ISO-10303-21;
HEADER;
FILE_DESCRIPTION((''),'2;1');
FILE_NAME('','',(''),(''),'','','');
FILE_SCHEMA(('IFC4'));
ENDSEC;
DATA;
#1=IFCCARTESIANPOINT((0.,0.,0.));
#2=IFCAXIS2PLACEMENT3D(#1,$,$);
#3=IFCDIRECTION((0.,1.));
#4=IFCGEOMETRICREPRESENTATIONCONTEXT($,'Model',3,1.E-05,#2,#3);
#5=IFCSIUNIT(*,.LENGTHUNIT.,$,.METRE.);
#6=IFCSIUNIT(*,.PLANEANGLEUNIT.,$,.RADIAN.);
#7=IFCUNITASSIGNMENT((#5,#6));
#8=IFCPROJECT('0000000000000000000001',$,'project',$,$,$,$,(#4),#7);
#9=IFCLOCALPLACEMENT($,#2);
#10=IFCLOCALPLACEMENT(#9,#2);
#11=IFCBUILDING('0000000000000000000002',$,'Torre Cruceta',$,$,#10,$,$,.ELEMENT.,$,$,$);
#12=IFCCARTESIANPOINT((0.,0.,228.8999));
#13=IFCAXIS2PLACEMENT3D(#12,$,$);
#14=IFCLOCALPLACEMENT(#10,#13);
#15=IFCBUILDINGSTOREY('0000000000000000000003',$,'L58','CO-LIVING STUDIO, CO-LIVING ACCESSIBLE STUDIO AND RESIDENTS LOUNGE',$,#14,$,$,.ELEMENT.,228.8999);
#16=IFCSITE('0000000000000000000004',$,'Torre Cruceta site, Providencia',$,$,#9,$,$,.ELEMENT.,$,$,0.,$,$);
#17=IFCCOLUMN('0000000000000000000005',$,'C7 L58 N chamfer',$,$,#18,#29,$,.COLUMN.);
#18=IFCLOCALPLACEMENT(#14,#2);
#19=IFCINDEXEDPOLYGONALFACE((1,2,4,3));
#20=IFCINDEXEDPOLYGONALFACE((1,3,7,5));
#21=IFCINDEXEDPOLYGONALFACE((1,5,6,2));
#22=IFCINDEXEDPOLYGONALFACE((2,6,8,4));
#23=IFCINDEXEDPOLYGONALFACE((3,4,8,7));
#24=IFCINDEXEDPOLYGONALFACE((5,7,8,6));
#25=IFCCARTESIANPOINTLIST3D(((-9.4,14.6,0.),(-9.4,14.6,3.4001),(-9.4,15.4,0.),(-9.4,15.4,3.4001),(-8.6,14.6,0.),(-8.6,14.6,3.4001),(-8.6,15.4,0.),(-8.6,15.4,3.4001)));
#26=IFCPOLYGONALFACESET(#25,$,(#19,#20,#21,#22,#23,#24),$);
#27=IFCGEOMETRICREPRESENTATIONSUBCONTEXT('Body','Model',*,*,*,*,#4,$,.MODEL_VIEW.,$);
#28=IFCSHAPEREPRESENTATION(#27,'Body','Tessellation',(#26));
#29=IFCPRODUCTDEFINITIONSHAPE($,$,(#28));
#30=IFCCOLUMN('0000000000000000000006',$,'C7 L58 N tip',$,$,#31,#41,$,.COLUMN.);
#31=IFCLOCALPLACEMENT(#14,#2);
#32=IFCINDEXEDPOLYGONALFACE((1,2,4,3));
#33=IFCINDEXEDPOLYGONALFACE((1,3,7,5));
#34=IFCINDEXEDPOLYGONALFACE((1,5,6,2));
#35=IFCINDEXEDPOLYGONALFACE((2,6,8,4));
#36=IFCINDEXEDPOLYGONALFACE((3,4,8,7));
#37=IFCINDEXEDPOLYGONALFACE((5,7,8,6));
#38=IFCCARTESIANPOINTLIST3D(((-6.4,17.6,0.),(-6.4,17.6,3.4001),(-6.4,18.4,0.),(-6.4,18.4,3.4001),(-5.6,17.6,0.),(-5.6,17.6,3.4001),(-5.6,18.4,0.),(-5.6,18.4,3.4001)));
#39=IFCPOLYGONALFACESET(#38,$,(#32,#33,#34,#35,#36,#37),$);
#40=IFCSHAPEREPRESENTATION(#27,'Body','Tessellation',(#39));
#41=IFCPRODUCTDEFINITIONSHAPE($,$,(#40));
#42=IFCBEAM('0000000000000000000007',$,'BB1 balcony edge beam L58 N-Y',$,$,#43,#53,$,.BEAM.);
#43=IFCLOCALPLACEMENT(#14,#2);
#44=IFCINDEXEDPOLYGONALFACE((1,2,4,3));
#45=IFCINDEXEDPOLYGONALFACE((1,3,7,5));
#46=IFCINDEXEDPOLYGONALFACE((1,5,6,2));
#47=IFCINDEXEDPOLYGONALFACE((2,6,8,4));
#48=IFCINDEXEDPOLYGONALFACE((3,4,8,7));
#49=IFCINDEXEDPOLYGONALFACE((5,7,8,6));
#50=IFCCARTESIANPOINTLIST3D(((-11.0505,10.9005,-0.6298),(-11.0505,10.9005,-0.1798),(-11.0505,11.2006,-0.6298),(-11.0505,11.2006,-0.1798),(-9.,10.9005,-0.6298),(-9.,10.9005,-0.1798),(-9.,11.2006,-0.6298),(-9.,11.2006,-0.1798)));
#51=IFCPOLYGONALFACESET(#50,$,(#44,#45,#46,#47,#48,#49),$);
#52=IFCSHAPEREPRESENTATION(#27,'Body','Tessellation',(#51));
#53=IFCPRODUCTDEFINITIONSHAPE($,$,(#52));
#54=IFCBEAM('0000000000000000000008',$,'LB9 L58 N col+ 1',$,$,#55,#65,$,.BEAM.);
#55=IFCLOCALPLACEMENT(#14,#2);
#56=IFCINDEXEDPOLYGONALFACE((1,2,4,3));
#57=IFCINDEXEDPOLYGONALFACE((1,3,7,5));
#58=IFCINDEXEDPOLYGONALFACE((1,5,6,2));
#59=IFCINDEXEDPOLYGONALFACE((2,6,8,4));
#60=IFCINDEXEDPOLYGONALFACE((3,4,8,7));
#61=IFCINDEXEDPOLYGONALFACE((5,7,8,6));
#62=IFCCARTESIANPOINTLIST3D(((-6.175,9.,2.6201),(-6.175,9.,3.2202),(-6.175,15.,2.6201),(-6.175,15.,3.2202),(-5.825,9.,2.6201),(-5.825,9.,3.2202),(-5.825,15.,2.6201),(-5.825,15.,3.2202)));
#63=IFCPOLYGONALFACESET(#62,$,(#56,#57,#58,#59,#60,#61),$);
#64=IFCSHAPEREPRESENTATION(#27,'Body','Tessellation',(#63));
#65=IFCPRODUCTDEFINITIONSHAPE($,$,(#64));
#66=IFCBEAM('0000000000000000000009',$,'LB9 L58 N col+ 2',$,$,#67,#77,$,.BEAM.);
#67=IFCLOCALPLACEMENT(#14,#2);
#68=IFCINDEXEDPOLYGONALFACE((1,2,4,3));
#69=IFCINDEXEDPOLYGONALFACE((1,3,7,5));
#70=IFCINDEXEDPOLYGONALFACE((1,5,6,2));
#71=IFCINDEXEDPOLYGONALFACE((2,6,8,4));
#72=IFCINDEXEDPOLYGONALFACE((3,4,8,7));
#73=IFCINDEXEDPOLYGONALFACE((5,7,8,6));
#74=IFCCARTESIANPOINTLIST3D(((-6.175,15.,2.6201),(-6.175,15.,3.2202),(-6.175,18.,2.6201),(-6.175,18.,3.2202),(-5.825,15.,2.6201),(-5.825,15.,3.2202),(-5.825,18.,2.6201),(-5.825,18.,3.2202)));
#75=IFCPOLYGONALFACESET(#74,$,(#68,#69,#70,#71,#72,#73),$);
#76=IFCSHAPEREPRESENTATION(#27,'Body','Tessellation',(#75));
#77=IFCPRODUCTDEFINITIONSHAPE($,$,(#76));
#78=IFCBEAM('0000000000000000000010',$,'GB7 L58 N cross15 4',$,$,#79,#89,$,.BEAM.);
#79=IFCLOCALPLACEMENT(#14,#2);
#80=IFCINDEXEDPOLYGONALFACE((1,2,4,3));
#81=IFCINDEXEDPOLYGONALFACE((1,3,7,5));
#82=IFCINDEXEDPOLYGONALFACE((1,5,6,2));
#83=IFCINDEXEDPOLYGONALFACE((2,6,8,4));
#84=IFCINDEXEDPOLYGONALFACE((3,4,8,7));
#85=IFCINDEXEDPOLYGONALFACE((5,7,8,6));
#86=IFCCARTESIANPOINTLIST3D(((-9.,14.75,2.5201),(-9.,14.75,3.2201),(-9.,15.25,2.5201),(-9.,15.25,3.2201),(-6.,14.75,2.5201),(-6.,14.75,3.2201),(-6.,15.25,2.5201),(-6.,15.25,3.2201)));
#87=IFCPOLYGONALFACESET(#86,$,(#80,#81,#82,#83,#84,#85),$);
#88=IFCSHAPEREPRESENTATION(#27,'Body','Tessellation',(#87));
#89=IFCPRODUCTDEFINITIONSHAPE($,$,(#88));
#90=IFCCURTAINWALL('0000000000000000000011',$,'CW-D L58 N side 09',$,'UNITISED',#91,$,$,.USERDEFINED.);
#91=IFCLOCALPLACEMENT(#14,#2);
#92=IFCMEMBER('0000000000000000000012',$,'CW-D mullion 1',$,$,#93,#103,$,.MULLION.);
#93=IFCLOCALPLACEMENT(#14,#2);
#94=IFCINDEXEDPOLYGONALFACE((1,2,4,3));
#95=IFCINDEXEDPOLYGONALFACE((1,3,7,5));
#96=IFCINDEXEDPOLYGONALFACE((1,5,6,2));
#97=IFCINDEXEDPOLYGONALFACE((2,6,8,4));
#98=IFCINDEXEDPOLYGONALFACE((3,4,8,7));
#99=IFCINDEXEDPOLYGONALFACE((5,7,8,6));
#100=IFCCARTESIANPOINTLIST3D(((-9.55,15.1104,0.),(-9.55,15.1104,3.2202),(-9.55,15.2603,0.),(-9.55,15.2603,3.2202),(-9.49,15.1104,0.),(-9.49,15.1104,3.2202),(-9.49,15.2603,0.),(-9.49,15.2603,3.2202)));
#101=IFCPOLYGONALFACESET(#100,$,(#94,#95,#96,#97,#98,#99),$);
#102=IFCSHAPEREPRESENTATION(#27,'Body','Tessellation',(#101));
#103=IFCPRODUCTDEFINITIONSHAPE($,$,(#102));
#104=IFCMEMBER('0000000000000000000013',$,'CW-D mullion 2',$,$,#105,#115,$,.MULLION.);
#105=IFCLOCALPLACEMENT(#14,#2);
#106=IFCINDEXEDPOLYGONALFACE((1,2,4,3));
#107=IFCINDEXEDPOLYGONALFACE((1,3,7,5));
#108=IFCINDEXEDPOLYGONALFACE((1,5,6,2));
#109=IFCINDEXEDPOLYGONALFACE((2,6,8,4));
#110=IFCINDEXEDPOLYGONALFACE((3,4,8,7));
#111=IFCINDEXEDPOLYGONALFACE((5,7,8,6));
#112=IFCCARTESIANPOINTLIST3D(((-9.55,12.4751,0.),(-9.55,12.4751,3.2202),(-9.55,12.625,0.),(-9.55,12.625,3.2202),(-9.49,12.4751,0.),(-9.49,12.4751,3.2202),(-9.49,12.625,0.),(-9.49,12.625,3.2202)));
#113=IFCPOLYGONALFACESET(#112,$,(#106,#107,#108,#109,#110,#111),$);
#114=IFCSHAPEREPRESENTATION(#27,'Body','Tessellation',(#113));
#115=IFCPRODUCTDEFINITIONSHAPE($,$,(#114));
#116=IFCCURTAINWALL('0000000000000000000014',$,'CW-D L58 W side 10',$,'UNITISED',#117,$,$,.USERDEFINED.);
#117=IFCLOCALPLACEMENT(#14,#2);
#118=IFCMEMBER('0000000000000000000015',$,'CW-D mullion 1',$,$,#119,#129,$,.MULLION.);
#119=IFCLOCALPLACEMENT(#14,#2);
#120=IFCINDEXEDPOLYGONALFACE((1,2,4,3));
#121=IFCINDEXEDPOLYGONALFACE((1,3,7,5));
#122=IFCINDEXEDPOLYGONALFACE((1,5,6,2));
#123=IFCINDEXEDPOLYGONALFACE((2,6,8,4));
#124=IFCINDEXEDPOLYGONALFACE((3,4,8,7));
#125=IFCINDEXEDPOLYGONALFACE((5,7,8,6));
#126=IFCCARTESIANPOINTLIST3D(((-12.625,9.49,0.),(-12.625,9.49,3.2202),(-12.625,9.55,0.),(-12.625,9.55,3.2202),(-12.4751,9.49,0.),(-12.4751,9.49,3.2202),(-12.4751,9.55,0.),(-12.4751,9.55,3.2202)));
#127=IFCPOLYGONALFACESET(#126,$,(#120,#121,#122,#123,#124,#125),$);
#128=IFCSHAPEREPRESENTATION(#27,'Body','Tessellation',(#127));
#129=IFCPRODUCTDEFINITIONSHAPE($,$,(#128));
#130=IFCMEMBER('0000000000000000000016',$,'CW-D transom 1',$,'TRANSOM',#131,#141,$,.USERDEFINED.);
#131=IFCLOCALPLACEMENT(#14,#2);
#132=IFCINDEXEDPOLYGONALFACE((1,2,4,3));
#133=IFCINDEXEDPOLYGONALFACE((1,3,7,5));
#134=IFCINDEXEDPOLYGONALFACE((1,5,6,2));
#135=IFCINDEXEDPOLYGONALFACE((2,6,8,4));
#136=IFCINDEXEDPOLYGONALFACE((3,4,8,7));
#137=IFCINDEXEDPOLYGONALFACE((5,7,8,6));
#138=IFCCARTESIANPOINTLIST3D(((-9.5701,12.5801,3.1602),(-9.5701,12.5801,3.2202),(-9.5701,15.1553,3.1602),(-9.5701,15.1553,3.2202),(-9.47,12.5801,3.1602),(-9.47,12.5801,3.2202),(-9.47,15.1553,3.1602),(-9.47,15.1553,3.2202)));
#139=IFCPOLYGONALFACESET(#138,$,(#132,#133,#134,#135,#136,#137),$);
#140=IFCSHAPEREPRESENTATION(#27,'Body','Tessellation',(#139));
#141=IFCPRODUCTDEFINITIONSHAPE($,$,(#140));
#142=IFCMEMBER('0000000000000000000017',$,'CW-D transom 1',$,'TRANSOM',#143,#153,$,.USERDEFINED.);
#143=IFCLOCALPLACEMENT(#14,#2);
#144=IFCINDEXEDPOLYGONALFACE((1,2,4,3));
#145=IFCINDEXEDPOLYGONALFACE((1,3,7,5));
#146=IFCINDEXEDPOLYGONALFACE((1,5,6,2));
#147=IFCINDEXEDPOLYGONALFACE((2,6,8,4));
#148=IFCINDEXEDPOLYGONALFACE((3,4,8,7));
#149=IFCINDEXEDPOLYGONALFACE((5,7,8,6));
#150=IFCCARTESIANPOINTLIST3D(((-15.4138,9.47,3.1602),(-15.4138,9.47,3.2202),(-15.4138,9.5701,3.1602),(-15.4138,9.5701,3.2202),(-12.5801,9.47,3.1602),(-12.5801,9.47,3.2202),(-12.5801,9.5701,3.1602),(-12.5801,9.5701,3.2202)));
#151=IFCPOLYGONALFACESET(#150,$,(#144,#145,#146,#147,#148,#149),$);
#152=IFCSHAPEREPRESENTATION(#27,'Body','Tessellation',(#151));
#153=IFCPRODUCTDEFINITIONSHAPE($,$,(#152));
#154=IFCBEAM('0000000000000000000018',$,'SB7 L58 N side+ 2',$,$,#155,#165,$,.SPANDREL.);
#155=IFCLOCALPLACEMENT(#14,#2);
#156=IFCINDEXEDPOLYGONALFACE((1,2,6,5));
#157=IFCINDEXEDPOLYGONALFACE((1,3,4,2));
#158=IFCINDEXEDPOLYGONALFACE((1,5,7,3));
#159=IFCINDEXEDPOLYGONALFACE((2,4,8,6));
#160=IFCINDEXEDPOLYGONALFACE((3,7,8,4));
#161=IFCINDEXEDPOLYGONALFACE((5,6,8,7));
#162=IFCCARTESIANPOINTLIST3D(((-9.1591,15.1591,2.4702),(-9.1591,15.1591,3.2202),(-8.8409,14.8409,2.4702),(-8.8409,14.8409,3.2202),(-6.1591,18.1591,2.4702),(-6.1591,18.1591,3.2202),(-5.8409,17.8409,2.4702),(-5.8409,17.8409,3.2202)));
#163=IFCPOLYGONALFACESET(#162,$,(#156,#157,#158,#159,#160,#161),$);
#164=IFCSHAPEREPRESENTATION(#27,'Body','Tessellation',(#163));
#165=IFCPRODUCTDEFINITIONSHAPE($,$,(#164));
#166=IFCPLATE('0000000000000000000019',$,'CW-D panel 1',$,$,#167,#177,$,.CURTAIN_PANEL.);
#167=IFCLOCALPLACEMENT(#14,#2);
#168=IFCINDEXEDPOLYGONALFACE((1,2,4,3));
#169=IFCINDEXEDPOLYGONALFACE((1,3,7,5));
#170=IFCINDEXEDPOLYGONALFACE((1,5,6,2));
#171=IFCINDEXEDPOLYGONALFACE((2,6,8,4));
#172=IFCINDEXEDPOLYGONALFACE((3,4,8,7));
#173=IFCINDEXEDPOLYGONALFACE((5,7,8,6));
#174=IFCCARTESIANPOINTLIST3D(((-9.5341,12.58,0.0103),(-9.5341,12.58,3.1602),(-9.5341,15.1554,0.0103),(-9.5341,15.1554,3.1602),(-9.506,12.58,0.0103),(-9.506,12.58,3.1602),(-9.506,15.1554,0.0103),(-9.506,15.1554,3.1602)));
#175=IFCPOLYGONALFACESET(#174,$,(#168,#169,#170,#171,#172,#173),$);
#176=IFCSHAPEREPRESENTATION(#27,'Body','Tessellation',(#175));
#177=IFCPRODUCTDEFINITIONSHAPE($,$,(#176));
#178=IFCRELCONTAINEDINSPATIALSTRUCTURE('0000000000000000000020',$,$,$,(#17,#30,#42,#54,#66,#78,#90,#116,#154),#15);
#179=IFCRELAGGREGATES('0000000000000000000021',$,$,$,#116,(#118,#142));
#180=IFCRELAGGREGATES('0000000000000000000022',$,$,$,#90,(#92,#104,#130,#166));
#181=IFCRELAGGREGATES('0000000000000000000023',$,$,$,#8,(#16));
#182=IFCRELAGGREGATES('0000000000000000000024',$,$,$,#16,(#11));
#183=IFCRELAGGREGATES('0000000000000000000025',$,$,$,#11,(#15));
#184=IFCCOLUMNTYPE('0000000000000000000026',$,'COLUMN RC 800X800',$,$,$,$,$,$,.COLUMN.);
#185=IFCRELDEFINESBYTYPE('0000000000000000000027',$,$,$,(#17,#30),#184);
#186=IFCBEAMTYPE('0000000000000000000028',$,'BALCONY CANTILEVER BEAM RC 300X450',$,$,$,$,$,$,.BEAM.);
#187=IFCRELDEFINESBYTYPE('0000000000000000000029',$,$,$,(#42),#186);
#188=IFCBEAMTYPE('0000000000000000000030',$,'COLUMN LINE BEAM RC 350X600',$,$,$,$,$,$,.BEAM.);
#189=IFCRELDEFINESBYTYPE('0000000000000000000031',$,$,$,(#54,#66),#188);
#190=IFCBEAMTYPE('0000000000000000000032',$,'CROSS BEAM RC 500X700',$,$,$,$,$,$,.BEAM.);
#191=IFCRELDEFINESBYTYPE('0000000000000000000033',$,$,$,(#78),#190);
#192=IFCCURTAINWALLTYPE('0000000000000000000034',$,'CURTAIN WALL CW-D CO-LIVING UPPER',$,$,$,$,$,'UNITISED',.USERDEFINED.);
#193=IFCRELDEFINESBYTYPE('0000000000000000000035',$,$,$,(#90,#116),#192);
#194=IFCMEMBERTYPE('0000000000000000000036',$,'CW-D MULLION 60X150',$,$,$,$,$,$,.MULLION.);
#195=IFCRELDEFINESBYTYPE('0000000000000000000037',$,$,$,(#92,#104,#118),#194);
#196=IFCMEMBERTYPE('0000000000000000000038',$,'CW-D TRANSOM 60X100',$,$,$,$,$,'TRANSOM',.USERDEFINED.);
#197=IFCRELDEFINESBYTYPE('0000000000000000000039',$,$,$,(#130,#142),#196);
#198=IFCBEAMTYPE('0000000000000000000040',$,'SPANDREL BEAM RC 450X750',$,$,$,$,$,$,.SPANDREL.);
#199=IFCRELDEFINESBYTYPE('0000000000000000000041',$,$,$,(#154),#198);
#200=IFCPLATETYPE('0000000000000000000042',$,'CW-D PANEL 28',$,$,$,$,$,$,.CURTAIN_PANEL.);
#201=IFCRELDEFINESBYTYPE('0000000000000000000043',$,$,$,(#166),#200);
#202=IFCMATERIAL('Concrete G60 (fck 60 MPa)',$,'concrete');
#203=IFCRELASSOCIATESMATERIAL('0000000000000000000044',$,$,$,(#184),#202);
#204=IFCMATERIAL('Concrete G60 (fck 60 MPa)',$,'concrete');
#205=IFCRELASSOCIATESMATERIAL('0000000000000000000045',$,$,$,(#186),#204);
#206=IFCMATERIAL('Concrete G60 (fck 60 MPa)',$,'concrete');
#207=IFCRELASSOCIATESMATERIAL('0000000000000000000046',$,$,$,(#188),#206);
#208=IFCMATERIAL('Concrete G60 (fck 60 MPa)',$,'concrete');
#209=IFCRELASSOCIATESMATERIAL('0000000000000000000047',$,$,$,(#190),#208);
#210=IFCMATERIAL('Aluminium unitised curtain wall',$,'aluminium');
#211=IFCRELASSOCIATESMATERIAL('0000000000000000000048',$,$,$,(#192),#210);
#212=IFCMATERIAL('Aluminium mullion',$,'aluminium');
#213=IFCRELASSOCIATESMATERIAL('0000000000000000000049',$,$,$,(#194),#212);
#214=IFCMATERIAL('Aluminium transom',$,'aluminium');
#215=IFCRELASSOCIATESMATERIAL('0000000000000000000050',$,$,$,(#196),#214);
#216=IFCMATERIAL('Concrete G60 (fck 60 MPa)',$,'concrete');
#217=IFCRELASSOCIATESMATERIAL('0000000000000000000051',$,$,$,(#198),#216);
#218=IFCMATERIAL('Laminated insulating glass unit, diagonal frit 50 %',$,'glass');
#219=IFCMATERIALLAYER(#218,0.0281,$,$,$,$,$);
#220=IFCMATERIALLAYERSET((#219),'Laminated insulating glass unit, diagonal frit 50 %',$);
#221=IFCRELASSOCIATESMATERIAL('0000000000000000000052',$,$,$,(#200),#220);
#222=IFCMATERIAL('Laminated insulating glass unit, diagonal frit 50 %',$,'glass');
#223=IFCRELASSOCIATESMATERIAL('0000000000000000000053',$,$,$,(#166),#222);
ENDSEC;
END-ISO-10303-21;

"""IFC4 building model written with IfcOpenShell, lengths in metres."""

from ifc_helpers import new_model, si_unit, direction, frame, origin, origin_2d, place, context, subcontext, project, spatial, rectangle, extrude, material, layer, layer_set, material_profile, profile_set, type_object, element, aggregate, save


model = new_model("IFC4")

# Units and contexts
model_context = context("Model", 3, precision=1e-05, world=origin(), true_north=direction((0.0, 1.0)))
body_context = subcontext(model_context, "Body", "Model", "MODEL_VIEW")
ifc_project = project(units=[si_unit("LENGTHUNIT", "METRE"), si_unit("PLANEANGLEUNIT", "RADIAN")], contexts=[model_context])

# Site, building, storey
site_placement = place(None, origin())
site = spatial("IfcSite", under=ifc_project, at=site_placement, Name="Torre Cruceta site, Providencia", CompositionType="ELEMENT", RefElevation=0.0)
building_placement = place(site_placement, origin())
building = spatial("IfcBuilding", under=site, at=building_placement, Name="Torre Cruceta", CompositionType="ELEMENT")
storey_placement = place(building_placement, frame((0.0, 0.0, 228.8999)))
storey = spatial("IfcBuildingStorey", under=building, at=storey_placement, Name="L58", Description="CO-LIVING STUDIO, CO-LIVING ACCESSIBLE STUDIO AND RESIDENTS LOUNGE", CompositionType="ELEMENT", Elevation=228.8999)

# Columns
ifc_material_1 = material(Name="Concrete G60 (fck 60 MPa)", Category="concrete")
ifc_material_profile_1 = material_profile(ifc_material_1, rectangle(XDim=0.8, YDim=0.8, at=origin_2d()), Name="RC 800X800")
ifc_profile_set_1 = profile_set([ifc_material_profile_1], Name="Concrete G60 (fck 60 MPa)")
column_type = type_object("IfcColumnType", Name="COLUMN RC 800X800", PredefinedType="COLUMN", material=ifc_profile_set_1)
for number, where, z_axis, x_axis, name in (
    (1, (-9.0, 15.0, 0.0), (0.0, 0.0, 1.0), (1.0, 0.0, 0.0), "C7 L58 N chamfer"),
    (2, (-6.0, 18.0, 0.0), (0.0, 0.0, 1.0), (1.0, 0.0, 0.0), "C7 L58 N tip"),
):
    element("IfcColumn", number, at=place(storey_placement, frame(where, z_axis=z_axis, x_axis=x_axis)), inside=storey, type_object=column_type, Name=name, PredefinedType="COLUMN", context=body_context, shape_type="SweptSolid", body=[
        extrude(rectangle(XDim=0.8, YDim=0.8, at=origin_2d()), origin(), (0.0, 0.0, 1.0), 3.4001),
    ])

# Beams
ifc_material_2 = material(Name="Concrete G60 (fck 60 MPa)", Category="concrete")
ifc_material_profile_2 = material_profile(ifc_material_2, rectangle(XDim=0.3, YDim=0.45, at=origin_2d()), Name="RC 300X450")
ifc_profile_set_2 = profile_set([ifc_material_profile_2], Name="Concrete G60 (fck 60 MPa)")
beam_type_1 = type_object("IfcBeamType", Name="BALCONY CANTILEVER BEAM RC 300X450", PredefinedType="BEAM", material=ifc_profile_set_2)
beam_1_placement = place(storey_placement, frame((-9.0, 11.0505, -0.4048), z_axis=(-1.0, 0.0, 0.0), x_axis=(0.0, -1.0, 0.0)))
element("IfcBeam", 3, at=beam_1_placement, inside=storey, type_object=beam_type_1, Name="BB1 balcony edge beam L58 N-Y", PredefinedType="BEAM", context=body_context, shape_type="SweptSolid", body=[
    extrude(rectangle(XDim=0.3, YDim=0.45, at=origin_2d()), origin(), (0.0, 0.0, 1.0), 2.0505),
])
ifc_material_3 = material(Name="Concrete G60 (fck 60 MPa)", Category="concrete")
ifc_material_profile_3 = material_profile(ifc_material_3, rectangle(XDim=0.3501, YDim=0.6001, at=origin_2d()), Name="RC 350X600")
ifc_profile_set_3 = profile_set([ifc_material_profile_3], Name="Concrete G60 (fck 60 MPa)")
beam_type_2 = type_object("IfcBeamType", Name="COLUMN LINE BEAM RC 350X600", PredefinedType="BEAM", material=ifc_profile_set_3)
beam_2_placement = place(storey_placement, frame((-6.0, 9.0, 2.9202), z_axis=(0.0, 1.0, 0.0), x_axis=(-1.0, 0.0, 0.0)))
element("IfcBeam", 4, at=beam_2_placement, inside=storey, type_object=beam_type_2, Name="LB9 L58 N col+ 1", PredefinedType="BEAM", context=body_context, shape_type="SweptSolid", body=[
    extrude(rectangle(XDim=0.3501, YDim=0.6001, at=origin_2d()), origin(), (0.0, 0.0, 1.0), 6.0),
])
beam_3_placement = place(storey_placement, frame((-6.0, 15.0, 2.9202), z_axis=(0.0, 1.0, 0.0), x_axis=(-1.0, 0.0, 0.0)))
element("IfcBeam", 5, at=beam_3_placement, inside=storey, type_object=beam_type_2, Name="LB9 L58 N col+ 2", PredefinedType="BEAM", context=body_context, shape_type="SweptSolid", body=[
    extrude(rectangle(XDim=0.3501, YDim=0.6001, at=origin_2d()), origin(), (0.0, 0.0, 1.0), 3.0),
])
ifc_material_4 = material(Name="Concrete G60 (fck 60 MPa)", Category="concrete")
ifc_material_profile_4 = material_profile(ifc_material_4, rectangle(XDim=0.5, YDim=0.7, at=origin_2d()), Name="RC 500X700")
ifc_profile_set_4 = profile_set([ifc_material_profile_4], Name="Concrete G60 (fck 60 MPa)")
beam_type_3 = type_object("IfcBeamType", Name="CROSS BEAM RC 500X700", PredefinedType="BEAM", material=ifc_profile_set_4)
beam_4_placement = place(storey_placement, frame((-6.0, 15.0, 2.8701), z_axis=(-1.0, 0.0, 0.0), x_axis=(0.0, -1.0, 0.0)))
element("IfcBeam", 6, at=beam_4_placement, inside=storey, type_object=beam_type_3, Name="GB7 L58 N cross15 4", PredefinedType="BEAM", context=body_context, shape_type="SweptSolid", body=[
    extrude(rectangle(XDim=0.5, YDim=0.7, at=origin_2d()), origin(), (0.0, 0.0, 1.0), 3.0),
])

# Curtain wall, members
ifc_material_5 = material(Name="Aluminium unitised curtain wall", Category="aluminium")
curtain_wall_type = type_object("IfcCurtainWallType", Name="CURTAIN WALL CW-D CO-LIVING UPPER", ElementType="UNITISED", PredefinedType="USERDEFINED", material=ifc_material_5)
curtain_wall_1_placement = place(storey_placement, origin())
curtain_wall_1 = element("IfcCurtainWall", 7, at=curtain_wall_1_placement, inside=storey, type_object=curtain_wall_type, Name="CW-D L58 N side 09", ObjectType="UNITISED", PredefinedType="USERDEFINED")
ifc_material_6 = material(Name="Aluminium mullion", Category="aluminium")
ifc_material_profile_5 = material_profile(ifc_material_6, rectangle(XDim=0.0601, YDim=0.1499, at=origin_2d()), Name="AL 60X150")
ifc_profile_set_5 = profile_set([ifc_material_profile_5], Name="Aluminium mullion")
member_type_1 = type_object("IfcMemberType", Name="CW-D MULLION 60X150", PredefinedType="MULLION", material=ifc_profile_set_5)
member_1_placement = place(storey_placement, frame((-9.52, 15.1853, 0.0), z_axis=(0.0, 0.0, 1.0), x_axis=(1.0, 0.0, 0.0)))
member_1 = element("IfcMember", 8, at=member_1_placement, type_object=member_type_1, Name="CW-D mullion 1", PredefinedType="MULLION", context=body_context, shape_type="SweptSolid", body=[
    extrude(rectangle(XDim=0.0601, YDim=0.1499, at=origin_2d()), origin(), (0.0, 0.0, 1.0), 3.2202),
])
member_2_placement = place(storey_placement, frame((-9.52, 12.55, 0.0), z_axis=(0.0, 0.0, 1.0), x_axis=(1.0, 0.0, 0.0)))
member_2 = element("IfcMember", 9, at=member_2_placement, type_object=member_type_1, Name="CW-D mullion 2", PredefinedType="MULLION", context=body_context, shape_type="SweptSolid", body=[
    extrude(rectangle(XDim=0.0601, YDim=0.1499, at=origin_2d()), origin(), (0.0, 0.0, 1.0), 3.2202),
])

# Curtain wall, member
curtain_wall_2_placement = place(storey_placement, origin())
curtain_wall_2 = element("IfcCurtainWall", 10, at=curtain_wall_2_placement, inside=storey, type_object=curtain_wall_type, Name="CW-D L58 W side 10", ObjectType="UNITISED", PredefinedType="USERDEFINED")
member_3_placement = place(storey_placement, frame((-12.55, 9.52, 0.0), z_axis=(0.0, 0.0, 1.0), x_axis=(0.0, -1.0, 0.0)))
member_3 = element("IfcMember", 11, at=member_3_placement, type_object=member_type_1, Name="CW-D mullion 1", PredefinedType="MULLION", context=body_context, shape_type="SweptSolid", body=[
    extrude(rectangle(XDim=0.0601, YDim=0.1499, at=origin_2d()), origin(), (0.0, 0.0, 1.0), 3.2202),
])

# Members
ifc_material_7 = material(Name="Aluminium transom", Category="aluminium")
ifc_material_profile_6 = material_profile(ifc_material_7, rectangle(XDim=0.1001, YDim=0.0601, at=origin_2d()), Name="AL 100X60")
ifc_profile_set_6 = profile_set([ifc_material_profile_6], Name="Aluminium transom")
member_type_2 = type_object("IfcMemberType", Name="CW-D TRANSOM 60X100", ElementType="TRANSOM", PredefinedType="USERDEFINED", material=ifc_profile_set_6)
member_4_placement = place(storey_placement, frame((-9.52, 15.1553, 3.1902), z_axis=(0.0, -1.0, 0.0), x_axis=(1.0, 0.0, 0.0)))
member_4 = element("IfcMember", 12, at=member_4_placement, type_object=member_type_2, Name="CW-D transom 1", ObjectType="TRANSOM", PredefinedType="USERDEFINED", context=body_context, shape_type="SweptSolid", body=[
    extrude(rectangle(XDim=0.1001, YDim=0.0601, at=origin_2d()), origin(), (0.0, 0.0, 1.0), 2.5752),
])
member_5_placement = place(storey_placement, frame((-12.5801, 9.52, 3.1902), z_axis=(-1.0, 0.0, 0.0), x_axis=(0.0, -1.0, 0.0)))
member_5 = element("IfcMember", 13, at=member_5_placement, type_object=member_type_2, Name="CW-D transom 1", ObjectType="TRANSOM", PredefinedType="USERDEFINED", context=body_context, shape_type="SweptSolid", body=[
    extrude(rectangle(XDim=0.1001, YDim=0.0601, at=origin_2d()), origin(), (0.0, 0.0, 1.0), 2.8337),
])
aggregate(curtain_wall_2, [member_3, member_5])

# Beam
ifc_material_8 = material(Name="Concrete G60 (fck 60 MPa)", Category="concrete")
ifc_material_profile_7 = material_profile(ifc_material_8, rectangle(XDim=0.45, YDim=0.75, at=origin_2d()), Name="RC 450X750")
ifc_profile_set_7 = profile_set([ifc_material_profile_7], Name="Concrete G60 (fck 60 MPa)")
beam_type_4 = type_object("IfcBeamType", Name="SPANDREL BEAM RC 450X750", PredefinedType="SPANDREL", material=ifc_profile_set_7)
beam_5_placement = place(storey_placement, frame((-9.0, 15.0, 2.8452), z_axis=(0.707107, 0.707107, 0.0), x_axis=(-0.707107, 0.707107, 0.0)))
element("IfcBeam", 14, at=beam_5_placement, inside=storey, type_object=beam_type_4, Name="SB7 L58 N side+ 2", PredefinedType="SPANDREL", context=body_context, shape_type="SweptSolid", body=[
    extrude(rectangle(XDim=0.45, YDim=0.75, at=origin_2d()), origin(), (0.0, 0.0, 1.0), 4.2427),
])

# Plate
ifc_material_9 = material(Name="Laminated insulating glass unit, diagonal frit 50 %", Category="glass")
ifc_material_10 = material(Name="Laminated insulating glass unit, diagonal frit 50 %", Category="glass")
ifc_layer_1 = layer(ifc_material_10, 0.0281)
ifc_layer_set_1 = layer_set([ifc_layer_1], Name="Laminated insulating glass unit, diagonal frit 50 %")
plate_type = type_object("IfcPlateType", Name="CW-D PANEL 28", PredefinedType="CURTAIN_PANEL", material=ifc_layer_set_1)
plate_placement = place(storey_placement, frame((-9.52, 13.8677, 0.0103), z_axis=(0.0, 0.0, 1.0), x_axis=(0.0, -1.0, 0.0)))
plate = element("IfcPlate", 15, at=plate_placement, type_object=plate_type, material=ifc_material_9, Name="CW-D panel 1", PredefinedType="CURTAIN_PANEL", context=body_context, shape_type="SweptSolid", body=[
    extrude(rectangle(XDim=2.5754, YDim=0.0281, at=origin_2d()), origin(), (0.0, 0.0, 1.0), 3.1499),
])
aggregate(curtain_wall_1, [member_1, member_2, member_4, plate])

save(model, "model.ifc")
